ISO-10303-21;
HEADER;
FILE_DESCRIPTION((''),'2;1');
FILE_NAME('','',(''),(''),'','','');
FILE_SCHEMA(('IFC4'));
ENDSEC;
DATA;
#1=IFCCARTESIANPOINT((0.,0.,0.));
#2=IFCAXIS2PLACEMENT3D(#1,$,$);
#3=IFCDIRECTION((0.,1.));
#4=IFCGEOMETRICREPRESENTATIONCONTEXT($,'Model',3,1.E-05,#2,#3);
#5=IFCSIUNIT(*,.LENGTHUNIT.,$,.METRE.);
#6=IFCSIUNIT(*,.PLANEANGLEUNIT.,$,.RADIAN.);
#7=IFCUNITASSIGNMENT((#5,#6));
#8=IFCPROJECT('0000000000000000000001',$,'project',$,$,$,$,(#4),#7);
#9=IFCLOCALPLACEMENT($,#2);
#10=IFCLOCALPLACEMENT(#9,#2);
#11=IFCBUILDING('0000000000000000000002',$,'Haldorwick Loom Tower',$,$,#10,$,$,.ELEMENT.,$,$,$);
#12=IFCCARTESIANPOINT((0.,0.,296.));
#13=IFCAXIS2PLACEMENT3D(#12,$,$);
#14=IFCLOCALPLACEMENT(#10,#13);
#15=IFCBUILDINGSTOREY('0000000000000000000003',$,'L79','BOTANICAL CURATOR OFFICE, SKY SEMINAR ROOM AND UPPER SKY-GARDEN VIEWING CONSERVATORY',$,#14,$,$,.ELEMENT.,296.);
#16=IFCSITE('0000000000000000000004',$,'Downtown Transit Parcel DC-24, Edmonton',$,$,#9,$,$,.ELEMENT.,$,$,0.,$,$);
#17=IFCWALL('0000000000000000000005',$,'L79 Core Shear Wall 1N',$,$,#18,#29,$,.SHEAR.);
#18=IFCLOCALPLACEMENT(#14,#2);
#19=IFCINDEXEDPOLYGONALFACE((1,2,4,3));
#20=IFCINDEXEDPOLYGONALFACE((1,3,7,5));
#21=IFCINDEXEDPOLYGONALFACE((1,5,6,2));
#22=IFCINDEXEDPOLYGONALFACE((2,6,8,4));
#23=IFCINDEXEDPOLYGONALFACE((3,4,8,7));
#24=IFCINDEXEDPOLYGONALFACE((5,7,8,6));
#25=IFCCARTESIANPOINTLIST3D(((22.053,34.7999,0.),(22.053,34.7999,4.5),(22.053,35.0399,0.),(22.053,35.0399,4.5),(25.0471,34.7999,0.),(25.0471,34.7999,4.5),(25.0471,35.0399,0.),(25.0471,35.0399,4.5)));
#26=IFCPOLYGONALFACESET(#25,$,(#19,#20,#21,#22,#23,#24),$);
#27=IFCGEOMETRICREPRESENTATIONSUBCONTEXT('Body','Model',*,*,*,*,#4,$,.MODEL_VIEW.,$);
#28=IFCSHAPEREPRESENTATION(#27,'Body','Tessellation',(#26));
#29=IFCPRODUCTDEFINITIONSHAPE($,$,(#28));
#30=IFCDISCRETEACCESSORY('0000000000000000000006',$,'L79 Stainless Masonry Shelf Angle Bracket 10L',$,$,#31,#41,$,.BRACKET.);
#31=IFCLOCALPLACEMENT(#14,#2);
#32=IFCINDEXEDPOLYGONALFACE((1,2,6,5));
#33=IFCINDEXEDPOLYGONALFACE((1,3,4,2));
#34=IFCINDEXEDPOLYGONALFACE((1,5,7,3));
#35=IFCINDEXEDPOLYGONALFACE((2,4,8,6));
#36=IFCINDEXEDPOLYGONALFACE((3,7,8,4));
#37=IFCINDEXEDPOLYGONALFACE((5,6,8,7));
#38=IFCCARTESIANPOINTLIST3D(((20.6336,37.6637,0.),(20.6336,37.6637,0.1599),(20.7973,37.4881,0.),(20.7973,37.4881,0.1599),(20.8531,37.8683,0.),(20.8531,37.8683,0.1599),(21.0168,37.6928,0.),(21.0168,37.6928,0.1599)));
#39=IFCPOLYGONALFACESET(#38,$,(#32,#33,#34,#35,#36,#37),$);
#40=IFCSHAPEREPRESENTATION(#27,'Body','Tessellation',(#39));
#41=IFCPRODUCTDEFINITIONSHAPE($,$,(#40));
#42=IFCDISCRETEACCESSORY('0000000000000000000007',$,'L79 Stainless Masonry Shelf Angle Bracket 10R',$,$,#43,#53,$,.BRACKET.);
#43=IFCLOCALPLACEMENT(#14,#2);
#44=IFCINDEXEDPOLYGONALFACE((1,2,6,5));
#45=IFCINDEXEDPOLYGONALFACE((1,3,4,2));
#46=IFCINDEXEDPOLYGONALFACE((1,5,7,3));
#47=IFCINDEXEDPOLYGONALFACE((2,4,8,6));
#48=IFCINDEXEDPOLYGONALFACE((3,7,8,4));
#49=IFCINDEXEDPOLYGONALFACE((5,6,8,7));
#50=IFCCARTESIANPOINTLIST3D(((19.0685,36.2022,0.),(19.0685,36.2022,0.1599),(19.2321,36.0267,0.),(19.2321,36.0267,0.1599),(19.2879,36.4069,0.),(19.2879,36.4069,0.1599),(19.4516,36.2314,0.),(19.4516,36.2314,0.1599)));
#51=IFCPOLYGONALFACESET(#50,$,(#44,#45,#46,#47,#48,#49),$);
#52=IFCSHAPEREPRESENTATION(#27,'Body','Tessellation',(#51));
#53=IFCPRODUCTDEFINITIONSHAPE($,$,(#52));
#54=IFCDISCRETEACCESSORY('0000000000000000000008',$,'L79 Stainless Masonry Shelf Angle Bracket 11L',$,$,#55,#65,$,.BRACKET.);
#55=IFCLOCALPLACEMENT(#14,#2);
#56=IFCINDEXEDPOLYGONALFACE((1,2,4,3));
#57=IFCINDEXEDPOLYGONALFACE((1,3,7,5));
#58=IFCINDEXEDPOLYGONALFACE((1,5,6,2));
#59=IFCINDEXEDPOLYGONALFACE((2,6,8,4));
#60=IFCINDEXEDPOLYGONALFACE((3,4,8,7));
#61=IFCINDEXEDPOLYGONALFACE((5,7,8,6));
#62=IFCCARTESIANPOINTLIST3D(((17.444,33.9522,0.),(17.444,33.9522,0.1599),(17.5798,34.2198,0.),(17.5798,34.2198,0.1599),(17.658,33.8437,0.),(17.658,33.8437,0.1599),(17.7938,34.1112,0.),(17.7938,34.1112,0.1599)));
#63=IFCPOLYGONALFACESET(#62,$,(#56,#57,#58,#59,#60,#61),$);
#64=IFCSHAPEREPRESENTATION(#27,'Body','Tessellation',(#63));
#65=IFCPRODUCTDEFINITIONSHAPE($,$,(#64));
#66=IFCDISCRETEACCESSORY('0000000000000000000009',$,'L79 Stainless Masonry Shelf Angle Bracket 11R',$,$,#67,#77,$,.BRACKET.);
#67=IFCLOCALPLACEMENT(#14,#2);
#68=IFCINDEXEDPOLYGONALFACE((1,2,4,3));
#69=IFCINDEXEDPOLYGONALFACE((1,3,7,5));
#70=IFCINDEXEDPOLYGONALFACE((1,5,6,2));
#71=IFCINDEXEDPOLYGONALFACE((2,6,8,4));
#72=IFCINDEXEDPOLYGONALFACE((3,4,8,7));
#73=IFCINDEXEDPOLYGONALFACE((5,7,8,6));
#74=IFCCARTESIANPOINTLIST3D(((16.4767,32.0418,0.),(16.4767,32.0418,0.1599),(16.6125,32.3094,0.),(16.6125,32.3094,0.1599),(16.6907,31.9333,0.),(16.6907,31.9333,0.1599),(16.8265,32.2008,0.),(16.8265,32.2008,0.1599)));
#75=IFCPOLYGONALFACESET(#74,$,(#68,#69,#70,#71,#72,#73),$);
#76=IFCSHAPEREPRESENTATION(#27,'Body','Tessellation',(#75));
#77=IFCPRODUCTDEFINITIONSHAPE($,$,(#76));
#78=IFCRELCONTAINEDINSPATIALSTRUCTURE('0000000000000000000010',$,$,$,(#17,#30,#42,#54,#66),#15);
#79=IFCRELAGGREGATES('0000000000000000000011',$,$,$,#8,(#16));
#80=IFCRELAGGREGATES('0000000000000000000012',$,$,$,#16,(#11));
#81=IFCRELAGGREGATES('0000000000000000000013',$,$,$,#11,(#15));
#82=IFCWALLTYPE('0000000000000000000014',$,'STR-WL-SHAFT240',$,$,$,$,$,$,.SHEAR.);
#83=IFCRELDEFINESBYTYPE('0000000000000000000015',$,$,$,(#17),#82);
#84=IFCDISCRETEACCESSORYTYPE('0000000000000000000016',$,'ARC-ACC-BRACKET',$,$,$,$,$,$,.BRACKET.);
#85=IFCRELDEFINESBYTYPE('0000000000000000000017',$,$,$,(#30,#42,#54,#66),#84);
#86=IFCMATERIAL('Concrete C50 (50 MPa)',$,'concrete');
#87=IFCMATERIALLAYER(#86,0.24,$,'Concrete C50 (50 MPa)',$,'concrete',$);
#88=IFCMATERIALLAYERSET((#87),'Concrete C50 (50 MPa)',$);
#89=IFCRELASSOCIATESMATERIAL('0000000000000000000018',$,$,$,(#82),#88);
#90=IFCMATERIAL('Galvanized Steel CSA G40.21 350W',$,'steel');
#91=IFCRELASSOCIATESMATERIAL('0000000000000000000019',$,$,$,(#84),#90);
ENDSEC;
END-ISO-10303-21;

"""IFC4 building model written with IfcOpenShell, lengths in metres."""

from ifc_helpers import new_model, si_unit, direction, frame, frame_2d, origin, origin_2d, place, context, subcontext, project, spatial, rectangle, extrude, material, layer, layer_set, type_object, element, save


model = new_model("IFC4")

# Units and contexts
model_context = context("Model", 3, precision=1e-05, world=origin(), true_north=direction((0.0, 1.0)))
body_context = subcontext(model_context, "Body", "Model", "MODEL_VIEW")
ifc_project = project(units=[si_unit("LENGTHUNIT", "METRE"), si_unit("PLANEANGLEUNIT", "RADIAN")], contexts=[model_context])

# Site, building, storey
site_placement = place(None, origin())
site = spatial("IfcSite", under=ifc_project, at=site_placement, Name="Downtown Transit Parcel DC-24, Edmonton", CompositionType="ELEMENT", RefElevation=0.0)
building_placement = place(site_placement, origin())
building = spatial("IfcBuilding", under=site, at=building_placement, Name="Haldorwick Loom Tower", CompositionType="ELEMENT")
storey_placement = place(building_placement, frame((0.0, 0.0, 296.0)))
storey = spatial("IfcBuildingStorey", under=building, at=storey_placement, Name="L79", Description="BOTANICAL CURATOR OFFICE, SKY SEMINAR ROOM AND UPPER SKY-GARDEN VIEWING CONSERVATORY", CompositionType="ELEMENT", Elevation=296.0)

# Shared definitions
ifc_material_1 = material(Name="Concrete C50 (50 MPa)", Category="concrete")

# Wall
ifc_layer_1 = layer(ifc_material_1, 0.24, Name="Concrete C50 (50 MPa)", Category="concrete")
ifc_layer_set_1 = layer_set([ifc_layer_1], Name="Concrete C50 (50 MPa)")
wall_type_1 = type_object("IfcWallType", Name="STR-WL-SHAFT240", PredefinedType="SHEAR", material=ifc_layer_set_1)
wall_1_placement = place(storey_placement, frame((22.053, 34.9199, 0.0), z_axis=(0.0, 0.0, 1.0), x_axis=(1.0, 0.0, 0.0)))
element("IfcWall", 1, at=wall_1_placement, inside=storey, type_object=wall_type_1, Name="L79 Core Shear Wall 1N", PredefinedType="SHEAR", context=body_context, shape_type="SweptSolid", body=[
    extrude(rectangle(XDim=2.9941, YDim=0.24, at=frame_2d((1.4971, 0.0))), origin(), (0.0, 0.0, 1.0), 4.5),
])

# Discrete accessories
ifc_material_2 = material(Name="Galvanized Steel CSA G40.21 350W", Category="steel")
discrete_accessory_type = type_object("IfcDiscreteAccessoryType", Name="ARC-ACC-BRACKET", PredefinedType="BRACKET", material=ifc_material_2)
for number, where, z_axis, x_axis, name in (
    (2, (20.8252, 37.6782, 0.0), (0.0, 0.0, 1.0), (-0.731354, -0.681998, 0.0), "L79 Stainless Masonry Shelf Angle Bracket 10L"),
    (3, (19.26, 36.2168, 0.0), (0.0, 0.0, 1.0), (-0.731354, -0.681998, 0.0), "L79 Stainless Masonry Shelf Angle Bracket 10R"),
    (4, (17.6189, 34.0317, 0.0), (0.0, 0.0, 1.0), (-0.452435, -0.891798, 0.0), "L79 Stainless Masonry Shelf Angle Bracket 11L"),
    (5, (16.6516, 32.1213, 0.0), (0.0, 0.0, 1.0), (-0.452435, -0.891798, 0.0), "L79 Stainless Masonry Shelf Angle Bracket 11R"),
):
    element("IfcDiscreteAccessory", number, at=place(storey_placement, frame(where, z_axis=z_axis, x_axis=x_axis)), inside=storey, type_object=discrete_accessory_type, Name=name, PredefinedType="BRACKET", context=body_context, shape_type="SweptSolid", body=[
        extrude(rectangle(XDim=0.3, YDim=0.24, at=origin_2d()), origin(), (0.0, 0.0, 1.0), 0.1599),
    ])

save(model, "model.ifc")
